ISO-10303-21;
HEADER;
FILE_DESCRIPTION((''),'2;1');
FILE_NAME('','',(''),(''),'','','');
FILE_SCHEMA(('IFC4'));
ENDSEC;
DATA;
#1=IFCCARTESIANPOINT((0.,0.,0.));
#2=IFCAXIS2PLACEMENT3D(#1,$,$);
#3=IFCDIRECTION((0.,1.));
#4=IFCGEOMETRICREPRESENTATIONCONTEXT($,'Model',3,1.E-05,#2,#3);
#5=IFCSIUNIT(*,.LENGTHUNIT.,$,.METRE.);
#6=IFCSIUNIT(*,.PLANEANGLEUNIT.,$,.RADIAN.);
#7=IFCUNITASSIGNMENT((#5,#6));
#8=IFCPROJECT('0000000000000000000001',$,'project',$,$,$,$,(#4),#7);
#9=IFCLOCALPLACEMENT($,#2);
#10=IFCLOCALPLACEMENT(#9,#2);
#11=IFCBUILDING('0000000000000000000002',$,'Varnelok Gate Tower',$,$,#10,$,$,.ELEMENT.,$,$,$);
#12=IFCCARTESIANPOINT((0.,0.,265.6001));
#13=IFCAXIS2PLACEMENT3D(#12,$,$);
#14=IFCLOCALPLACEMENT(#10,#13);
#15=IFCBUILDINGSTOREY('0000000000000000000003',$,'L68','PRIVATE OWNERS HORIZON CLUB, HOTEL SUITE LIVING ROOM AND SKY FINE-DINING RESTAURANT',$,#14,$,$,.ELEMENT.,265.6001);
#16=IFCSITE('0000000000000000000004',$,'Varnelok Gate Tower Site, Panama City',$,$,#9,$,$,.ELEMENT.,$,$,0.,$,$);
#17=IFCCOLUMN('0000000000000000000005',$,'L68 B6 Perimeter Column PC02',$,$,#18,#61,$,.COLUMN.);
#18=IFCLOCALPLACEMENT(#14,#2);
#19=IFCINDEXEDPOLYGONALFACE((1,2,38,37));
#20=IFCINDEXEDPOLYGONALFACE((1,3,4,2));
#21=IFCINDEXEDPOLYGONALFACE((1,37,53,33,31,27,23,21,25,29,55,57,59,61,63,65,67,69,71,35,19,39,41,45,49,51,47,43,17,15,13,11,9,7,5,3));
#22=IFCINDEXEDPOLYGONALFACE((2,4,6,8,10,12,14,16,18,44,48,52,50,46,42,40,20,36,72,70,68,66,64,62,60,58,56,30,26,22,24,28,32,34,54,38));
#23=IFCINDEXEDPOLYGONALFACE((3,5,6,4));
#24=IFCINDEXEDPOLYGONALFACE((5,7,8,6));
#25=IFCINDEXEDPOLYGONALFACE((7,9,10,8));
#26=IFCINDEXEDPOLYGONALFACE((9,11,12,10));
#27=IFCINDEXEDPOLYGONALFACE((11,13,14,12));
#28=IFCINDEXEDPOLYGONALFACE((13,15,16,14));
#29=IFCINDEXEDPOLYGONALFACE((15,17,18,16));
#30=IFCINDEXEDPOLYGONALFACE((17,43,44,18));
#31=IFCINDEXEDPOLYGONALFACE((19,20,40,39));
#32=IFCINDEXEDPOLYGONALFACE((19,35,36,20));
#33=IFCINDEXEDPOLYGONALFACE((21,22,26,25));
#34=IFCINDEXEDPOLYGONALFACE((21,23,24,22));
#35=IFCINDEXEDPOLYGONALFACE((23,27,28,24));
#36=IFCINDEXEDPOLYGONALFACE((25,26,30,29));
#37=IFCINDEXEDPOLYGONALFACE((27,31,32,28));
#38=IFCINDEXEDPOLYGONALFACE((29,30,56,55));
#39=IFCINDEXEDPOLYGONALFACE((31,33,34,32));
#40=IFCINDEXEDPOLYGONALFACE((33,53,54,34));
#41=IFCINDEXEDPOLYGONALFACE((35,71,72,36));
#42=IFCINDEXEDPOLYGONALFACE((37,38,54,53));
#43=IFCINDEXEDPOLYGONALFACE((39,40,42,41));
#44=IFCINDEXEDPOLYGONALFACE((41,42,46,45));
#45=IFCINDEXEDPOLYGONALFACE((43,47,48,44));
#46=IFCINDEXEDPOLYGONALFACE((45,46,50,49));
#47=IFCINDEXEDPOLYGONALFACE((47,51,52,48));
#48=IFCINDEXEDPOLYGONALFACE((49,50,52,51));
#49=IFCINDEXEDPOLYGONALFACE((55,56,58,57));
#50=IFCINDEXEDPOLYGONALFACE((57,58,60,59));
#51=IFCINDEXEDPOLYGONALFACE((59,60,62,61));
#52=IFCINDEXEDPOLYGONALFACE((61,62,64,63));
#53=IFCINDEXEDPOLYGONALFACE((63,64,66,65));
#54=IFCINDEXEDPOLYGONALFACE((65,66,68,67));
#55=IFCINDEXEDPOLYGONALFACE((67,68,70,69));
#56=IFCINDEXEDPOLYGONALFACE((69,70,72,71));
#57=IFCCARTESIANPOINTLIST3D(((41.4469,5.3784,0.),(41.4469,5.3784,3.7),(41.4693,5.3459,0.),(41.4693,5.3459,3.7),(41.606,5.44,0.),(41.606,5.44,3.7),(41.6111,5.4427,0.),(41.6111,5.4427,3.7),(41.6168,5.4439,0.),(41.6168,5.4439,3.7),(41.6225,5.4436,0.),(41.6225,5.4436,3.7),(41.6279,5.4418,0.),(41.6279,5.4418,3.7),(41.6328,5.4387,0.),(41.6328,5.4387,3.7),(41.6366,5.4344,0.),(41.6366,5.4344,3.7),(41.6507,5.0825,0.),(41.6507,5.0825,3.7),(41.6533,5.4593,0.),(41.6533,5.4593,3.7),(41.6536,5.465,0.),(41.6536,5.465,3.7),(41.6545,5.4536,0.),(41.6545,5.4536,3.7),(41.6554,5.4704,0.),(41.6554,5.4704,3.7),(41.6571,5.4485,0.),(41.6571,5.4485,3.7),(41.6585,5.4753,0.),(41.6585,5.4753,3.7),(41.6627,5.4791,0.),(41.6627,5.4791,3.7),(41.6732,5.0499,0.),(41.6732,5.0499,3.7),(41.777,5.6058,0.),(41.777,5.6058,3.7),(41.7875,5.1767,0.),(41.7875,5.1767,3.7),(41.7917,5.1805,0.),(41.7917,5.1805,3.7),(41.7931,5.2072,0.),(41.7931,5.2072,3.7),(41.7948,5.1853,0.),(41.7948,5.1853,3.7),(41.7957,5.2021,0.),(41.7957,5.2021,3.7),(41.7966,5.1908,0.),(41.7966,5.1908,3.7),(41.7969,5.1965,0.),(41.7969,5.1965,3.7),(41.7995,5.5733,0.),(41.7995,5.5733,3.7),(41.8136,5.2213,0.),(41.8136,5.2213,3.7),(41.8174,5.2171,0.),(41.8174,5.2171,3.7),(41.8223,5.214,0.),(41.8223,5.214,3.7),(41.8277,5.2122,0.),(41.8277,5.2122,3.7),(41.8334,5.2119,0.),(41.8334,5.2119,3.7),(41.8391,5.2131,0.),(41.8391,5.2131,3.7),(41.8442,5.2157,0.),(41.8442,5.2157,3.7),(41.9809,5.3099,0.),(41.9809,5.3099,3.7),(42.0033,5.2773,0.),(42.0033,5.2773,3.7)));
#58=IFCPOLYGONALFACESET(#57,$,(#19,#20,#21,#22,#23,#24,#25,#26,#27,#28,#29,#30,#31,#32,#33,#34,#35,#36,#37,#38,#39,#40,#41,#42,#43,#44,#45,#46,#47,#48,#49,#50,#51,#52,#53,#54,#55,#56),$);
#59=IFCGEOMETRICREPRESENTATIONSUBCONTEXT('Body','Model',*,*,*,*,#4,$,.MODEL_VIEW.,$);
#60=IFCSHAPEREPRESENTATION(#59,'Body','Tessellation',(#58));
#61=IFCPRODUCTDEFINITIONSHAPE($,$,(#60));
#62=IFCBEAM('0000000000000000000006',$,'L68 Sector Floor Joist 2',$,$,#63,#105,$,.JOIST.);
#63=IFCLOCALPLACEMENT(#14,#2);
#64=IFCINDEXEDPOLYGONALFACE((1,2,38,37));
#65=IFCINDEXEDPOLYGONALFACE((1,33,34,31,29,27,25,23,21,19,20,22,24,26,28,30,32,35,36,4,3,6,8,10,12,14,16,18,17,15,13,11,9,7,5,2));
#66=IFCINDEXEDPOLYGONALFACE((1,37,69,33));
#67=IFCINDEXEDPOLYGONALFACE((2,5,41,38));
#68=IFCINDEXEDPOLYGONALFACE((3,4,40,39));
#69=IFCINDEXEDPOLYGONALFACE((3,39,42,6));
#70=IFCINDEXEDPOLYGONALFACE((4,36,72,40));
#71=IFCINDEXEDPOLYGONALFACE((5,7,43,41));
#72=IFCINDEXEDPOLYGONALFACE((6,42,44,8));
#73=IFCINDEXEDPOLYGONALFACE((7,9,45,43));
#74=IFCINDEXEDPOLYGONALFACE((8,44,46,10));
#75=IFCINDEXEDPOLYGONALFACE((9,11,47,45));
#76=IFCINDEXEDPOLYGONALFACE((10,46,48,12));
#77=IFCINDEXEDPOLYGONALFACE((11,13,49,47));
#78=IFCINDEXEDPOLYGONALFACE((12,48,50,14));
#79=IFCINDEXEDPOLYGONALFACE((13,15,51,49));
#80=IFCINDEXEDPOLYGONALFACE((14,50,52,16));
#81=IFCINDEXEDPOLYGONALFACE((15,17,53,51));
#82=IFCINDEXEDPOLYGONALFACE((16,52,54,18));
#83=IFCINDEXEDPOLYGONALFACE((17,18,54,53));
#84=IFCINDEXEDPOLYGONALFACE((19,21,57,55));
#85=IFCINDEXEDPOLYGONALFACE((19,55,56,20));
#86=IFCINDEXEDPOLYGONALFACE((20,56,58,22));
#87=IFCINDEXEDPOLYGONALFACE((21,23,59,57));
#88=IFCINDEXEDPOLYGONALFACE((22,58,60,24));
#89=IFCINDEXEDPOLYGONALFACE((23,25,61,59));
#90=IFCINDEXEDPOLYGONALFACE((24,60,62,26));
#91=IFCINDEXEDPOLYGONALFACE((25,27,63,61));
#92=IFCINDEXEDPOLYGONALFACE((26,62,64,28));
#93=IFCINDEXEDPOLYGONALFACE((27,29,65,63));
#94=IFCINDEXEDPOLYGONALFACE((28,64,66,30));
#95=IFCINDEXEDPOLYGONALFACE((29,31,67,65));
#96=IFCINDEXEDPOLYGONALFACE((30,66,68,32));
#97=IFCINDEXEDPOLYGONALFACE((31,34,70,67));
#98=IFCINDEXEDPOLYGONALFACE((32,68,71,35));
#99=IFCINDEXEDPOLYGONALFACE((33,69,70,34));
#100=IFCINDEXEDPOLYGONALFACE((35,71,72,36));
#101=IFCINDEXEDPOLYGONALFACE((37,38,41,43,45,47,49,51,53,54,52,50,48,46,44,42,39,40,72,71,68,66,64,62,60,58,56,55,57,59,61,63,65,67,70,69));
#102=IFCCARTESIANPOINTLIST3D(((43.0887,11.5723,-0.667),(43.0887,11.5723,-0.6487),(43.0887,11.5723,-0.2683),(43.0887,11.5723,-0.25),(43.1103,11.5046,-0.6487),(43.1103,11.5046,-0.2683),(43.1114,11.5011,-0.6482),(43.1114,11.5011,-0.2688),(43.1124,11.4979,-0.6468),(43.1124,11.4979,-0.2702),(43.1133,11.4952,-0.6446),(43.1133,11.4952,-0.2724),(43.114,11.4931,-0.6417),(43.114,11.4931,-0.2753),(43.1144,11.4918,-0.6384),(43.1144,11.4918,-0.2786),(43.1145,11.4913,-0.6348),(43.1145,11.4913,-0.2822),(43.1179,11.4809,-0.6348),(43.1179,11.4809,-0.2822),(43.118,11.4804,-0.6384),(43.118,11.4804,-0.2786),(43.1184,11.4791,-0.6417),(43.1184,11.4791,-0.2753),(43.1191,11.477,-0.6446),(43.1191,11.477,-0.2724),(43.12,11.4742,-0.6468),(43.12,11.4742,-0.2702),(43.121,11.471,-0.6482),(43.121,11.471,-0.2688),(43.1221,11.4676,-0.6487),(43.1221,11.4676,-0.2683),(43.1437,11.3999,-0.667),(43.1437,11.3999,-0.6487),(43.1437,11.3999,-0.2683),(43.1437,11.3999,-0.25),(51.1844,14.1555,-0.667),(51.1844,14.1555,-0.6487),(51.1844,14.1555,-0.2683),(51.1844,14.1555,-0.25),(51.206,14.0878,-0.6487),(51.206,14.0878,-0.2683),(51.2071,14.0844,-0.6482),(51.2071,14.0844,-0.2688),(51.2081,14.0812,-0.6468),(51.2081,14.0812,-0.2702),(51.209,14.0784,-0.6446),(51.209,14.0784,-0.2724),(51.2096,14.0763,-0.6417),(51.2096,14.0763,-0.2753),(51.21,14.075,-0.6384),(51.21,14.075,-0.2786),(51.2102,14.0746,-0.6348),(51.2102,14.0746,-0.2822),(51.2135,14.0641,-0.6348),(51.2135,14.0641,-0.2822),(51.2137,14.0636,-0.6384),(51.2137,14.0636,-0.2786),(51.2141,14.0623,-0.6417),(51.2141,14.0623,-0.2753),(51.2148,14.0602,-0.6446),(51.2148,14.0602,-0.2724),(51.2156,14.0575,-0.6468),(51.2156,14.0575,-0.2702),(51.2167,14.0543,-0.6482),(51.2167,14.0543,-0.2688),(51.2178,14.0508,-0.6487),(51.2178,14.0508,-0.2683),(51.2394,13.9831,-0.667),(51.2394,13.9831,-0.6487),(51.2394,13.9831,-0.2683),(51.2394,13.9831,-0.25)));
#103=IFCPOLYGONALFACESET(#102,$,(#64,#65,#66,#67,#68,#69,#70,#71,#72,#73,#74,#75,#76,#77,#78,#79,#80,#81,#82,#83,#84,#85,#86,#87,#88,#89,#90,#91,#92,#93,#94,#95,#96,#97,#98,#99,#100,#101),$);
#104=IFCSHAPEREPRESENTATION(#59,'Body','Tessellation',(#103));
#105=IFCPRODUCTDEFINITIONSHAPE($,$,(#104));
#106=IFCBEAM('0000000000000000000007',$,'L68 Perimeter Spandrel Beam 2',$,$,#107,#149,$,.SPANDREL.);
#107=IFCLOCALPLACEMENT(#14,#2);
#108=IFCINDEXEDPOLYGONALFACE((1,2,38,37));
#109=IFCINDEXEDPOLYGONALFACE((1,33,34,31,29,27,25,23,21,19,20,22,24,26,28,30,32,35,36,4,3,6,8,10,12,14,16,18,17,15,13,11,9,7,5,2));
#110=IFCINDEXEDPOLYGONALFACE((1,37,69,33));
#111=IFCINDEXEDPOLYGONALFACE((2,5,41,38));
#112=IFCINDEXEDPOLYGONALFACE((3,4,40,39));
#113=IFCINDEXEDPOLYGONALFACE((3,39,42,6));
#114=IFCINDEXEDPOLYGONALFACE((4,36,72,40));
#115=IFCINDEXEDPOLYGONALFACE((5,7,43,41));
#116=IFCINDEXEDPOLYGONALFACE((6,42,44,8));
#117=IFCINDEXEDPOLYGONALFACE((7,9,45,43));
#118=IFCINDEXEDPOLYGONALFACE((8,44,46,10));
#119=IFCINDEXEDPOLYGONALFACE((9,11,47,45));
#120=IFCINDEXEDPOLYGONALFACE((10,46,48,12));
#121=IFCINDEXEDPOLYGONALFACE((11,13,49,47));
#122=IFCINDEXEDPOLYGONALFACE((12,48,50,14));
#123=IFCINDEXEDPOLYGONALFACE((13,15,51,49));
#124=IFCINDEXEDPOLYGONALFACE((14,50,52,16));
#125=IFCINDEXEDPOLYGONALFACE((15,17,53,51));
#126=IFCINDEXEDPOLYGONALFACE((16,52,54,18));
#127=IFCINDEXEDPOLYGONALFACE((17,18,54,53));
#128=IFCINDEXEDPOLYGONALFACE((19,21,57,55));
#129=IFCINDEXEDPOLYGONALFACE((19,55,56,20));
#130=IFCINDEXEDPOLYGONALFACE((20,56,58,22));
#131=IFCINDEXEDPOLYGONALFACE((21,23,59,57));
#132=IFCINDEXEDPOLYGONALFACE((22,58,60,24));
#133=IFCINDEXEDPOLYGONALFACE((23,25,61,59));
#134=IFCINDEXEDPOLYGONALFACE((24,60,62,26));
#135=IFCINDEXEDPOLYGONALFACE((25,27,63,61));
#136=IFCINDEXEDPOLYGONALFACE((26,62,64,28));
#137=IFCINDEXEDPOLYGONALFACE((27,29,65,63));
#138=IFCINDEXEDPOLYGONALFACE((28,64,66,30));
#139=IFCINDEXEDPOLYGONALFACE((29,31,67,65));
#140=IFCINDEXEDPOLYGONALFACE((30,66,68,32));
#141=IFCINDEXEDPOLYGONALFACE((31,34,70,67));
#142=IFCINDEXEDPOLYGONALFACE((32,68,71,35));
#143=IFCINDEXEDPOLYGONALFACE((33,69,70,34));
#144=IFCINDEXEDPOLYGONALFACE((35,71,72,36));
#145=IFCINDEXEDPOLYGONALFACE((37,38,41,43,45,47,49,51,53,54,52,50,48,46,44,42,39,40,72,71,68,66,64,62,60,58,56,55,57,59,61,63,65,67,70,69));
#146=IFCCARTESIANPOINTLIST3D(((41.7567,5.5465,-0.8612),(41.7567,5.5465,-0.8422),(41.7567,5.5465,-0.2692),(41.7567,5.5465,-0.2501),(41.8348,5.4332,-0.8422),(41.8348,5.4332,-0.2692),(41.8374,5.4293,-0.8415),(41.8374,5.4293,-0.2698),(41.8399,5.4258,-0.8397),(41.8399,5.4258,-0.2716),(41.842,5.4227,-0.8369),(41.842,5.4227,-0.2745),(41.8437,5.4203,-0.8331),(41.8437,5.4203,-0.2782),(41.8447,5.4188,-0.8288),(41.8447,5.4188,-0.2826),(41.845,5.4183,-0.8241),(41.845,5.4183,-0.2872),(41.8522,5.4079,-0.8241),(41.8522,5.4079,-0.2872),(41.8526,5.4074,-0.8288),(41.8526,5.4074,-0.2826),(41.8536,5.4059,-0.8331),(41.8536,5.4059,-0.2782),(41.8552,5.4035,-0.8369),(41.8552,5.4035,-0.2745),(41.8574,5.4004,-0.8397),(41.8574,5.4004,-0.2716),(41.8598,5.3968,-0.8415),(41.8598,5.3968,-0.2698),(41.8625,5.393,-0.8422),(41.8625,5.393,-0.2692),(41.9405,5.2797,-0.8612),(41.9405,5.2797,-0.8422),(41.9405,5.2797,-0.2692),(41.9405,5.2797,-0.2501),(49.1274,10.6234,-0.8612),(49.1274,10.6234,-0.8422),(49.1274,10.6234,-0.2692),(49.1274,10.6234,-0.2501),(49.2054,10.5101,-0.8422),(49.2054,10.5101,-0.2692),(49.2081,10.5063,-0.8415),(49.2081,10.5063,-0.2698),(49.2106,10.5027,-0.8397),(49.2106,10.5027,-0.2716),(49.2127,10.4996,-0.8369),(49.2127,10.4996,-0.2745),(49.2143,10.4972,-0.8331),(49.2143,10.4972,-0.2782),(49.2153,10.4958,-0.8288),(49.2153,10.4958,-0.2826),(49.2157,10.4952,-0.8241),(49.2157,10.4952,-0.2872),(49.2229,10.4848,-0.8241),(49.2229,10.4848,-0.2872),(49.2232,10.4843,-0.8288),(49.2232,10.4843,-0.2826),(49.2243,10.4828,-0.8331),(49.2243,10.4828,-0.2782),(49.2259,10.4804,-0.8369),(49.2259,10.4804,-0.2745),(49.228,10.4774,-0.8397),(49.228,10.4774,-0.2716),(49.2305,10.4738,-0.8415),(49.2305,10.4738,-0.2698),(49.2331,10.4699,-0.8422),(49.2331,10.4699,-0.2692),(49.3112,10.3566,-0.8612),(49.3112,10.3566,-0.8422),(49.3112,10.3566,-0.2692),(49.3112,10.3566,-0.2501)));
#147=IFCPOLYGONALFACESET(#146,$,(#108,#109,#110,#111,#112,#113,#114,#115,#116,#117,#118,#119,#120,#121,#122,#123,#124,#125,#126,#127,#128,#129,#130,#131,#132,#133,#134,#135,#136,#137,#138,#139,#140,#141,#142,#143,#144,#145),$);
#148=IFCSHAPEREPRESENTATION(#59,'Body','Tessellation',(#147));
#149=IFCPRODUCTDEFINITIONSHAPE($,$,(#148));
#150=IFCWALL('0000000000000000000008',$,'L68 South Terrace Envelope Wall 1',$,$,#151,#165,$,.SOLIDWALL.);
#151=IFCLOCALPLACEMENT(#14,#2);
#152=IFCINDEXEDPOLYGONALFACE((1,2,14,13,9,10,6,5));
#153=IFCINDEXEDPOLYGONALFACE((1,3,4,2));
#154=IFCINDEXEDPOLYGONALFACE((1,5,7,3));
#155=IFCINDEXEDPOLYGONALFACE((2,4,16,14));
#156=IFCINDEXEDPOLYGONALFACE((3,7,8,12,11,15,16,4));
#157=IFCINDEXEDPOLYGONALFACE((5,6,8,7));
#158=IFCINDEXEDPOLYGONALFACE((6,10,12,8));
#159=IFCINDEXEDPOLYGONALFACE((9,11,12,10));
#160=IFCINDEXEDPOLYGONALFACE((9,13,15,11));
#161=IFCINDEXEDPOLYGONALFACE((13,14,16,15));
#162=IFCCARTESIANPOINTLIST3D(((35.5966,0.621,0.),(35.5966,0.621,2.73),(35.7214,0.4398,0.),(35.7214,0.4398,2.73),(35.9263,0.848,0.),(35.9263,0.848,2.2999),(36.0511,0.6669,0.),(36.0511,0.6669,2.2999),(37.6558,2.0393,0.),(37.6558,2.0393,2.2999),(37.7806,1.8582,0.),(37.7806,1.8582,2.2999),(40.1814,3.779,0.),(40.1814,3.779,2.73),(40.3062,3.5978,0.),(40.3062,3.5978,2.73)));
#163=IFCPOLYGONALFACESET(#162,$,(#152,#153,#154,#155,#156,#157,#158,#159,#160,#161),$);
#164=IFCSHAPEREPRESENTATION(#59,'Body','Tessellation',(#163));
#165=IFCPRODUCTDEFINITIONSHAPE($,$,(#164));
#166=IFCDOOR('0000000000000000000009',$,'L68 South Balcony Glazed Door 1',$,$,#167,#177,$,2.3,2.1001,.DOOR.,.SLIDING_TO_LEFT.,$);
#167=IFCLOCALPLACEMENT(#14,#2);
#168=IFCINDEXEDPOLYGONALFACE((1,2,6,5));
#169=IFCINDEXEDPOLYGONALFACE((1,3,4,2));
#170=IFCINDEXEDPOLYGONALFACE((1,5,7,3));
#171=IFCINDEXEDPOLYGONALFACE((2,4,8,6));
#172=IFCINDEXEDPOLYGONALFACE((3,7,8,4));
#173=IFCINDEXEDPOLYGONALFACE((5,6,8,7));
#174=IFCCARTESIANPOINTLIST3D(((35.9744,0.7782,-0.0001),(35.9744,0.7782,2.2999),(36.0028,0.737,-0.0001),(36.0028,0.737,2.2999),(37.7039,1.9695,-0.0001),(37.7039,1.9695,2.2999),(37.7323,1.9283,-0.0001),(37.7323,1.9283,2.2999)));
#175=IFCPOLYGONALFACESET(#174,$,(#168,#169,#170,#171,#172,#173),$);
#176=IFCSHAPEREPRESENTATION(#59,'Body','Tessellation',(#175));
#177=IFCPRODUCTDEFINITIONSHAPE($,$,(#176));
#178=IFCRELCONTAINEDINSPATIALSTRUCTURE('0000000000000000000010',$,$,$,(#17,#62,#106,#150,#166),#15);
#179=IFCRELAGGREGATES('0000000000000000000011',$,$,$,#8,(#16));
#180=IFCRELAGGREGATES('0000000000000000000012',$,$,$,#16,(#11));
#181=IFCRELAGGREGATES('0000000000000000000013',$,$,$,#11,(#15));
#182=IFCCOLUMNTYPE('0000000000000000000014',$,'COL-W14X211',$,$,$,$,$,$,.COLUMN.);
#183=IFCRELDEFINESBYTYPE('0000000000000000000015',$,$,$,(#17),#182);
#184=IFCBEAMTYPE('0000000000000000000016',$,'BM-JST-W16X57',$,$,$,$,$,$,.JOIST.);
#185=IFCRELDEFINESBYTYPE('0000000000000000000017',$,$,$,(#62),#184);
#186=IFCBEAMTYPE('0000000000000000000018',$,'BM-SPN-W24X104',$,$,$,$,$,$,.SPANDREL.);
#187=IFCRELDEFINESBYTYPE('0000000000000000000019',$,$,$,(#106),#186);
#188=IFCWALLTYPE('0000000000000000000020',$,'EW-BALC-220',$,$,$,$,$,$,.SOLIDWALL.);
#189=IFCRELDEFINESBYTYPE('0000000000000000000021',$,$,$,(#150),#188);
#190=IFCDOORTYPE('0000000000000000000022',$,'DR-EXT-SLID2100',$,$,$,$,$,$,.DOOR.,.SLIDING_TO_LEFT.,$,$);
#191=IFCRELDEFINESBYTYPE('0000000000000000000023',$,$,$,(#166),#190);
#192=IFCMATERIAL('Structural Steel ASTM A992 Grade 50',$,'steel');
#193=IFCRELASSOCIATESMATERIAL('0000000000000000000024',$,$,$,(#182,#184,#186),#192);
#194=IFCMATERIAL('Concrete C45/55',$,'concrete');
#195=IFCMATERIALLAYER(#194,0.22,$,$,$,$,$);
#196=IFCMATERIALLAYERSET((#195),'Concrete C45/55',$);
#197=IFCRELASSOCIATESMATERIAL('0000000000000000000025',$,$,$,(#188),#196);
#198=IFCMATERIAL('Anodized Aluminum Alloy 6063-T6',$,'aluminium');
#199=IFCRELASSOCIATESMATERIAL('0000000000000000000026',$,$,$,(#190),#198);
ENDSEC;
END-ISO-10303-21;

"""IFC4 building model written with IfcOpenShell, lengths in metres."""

from ifc_helpers import new_model, si_unit, direction, frame, frame_2d, origin, origin_2d, place, context, subcontext, project, spatial, rectangle, i_section, extrude, material, layer, layer_set, material_profile, profile_set, type_object, element, fill, save


model = new_model("IFC4")

# Units and contexts
model_context = context("Model", 3, precision=1e-05, world=origin(), true_north=direction((0.0, 1.0)))
body_context = subcontext(model_context, "Body", "Model", "MODEL_VIEW")
ifc_project = project(units=[si_unit("LENGTHUNIT", "METRE"), si_unit("PLANEANGLEUNIT", "RADIAN")], contexts=[model_context])

# Site, building, storey
site_placement = place(None, origin())
site = spatial("IfcSite", under=ifc_project, at=site_placement, Name="Varnelok Gate Tower Site, Panama City", CompositionType="ELEMENT", RefElevation=0.0)
building_placement = place(site_placement, origin())
building = spatial("IfcBuilding", under=site, at=building_placement, Name="Varnelok Gate Tower", CompositionType="ELEMENT")
storey_placement = place(building_placement, frame((0.0, 0.0, 265.6001)))
storey = spatial("IfcBuildingStorey", under=building, at=storey_placement, Name="L68", Description="PRIVATE OWNERS HORIZON CLUB, HOTEL SUITE LIVING ROOM AND SKY FINE-DINING RESTAURANT", CompositionType="ELEMENT", Elevation=265.6001)

# Column
ifc_material_1 = material(Name="Structural Steel ASTM A992 Grade 50", Category="steel")
ifc_material_profile_1 = material_profile(ifc_material_1, i_section(OverallWidth=0.4009, OverallDepth=0.3989, WebThickness=0.0249, FlangeThickness=0.0396, FilletRadius=0.022, at=origin_2d()), Name="W14X211")
ifc_profile_set_1 = profile_set([ifc_material_profile_1], Name="Structural Steel ASTM A992 Grade 50")
column_type = type_object("IfcColumnType", Name="COL-W14X211", PredefinedType="COLUMN", material=ifc_profile_set_1)
column_placement = place(storey_placement, frame((41.7251, 5.3279, 0.0), z_axis=(0.0, 0.0, 1.0), x_axis=(0.823533, 0.567269, 0.0)))
element("IfcColumn", 1, at=column_placement, inside=storey, type_object=column_type, Name="L68 B6 Perimeter Column PC02", PredefinedType="COLUMN", context=body_context, shape_type="SweptSolid", body=[
    extrude(i_section(OverallWidth=0.4009, OverallDepth=0.3989, WebThickness=0.0249, FlangeThickness=0.0396, FilletRadius=0.022, at=origin_2d()), origin(), (0.0, 0.0, 1.0), 3.7),
])

# Beams
ifc_material_profile_2 = material_profile(ifc_material_1, i_section(OverallWidth=0.1809, OverallDepth=0.417, WebThickness=0.011, FlangeThickness=0.0183, FilletRadius=0.0139, at=origin_2d()), Name="W16X57")
ifc_profile_set_2 = profile_set([ifc_material_profile_2], Name="Structural Steel ASTM A992 Grade 50")
beam_type_1 = type_object("IfcBeamType", Name="BM-JST-W16X57", PredefinedType="JOIST", material=ifc_profile_set_2)
beam_1_placement = place(storey_placement, frame((43.1162, 11.4861, -0.4585), z_axis=(0.952676, 0.303989, 0.0), x_axis=(-0.303989, 0.952676, 0.0)))
element("IfcBeam", 2, at=beam_1_placement, inside=storey, type_object=beam_type_1, Name="L68 Sector Floor Joist 2", PredefinedType="JOIST", context=body_context, shape_type="SweptSolid", body=[
    extrude(i_section(OverallWidth=0.1809, OverallDepth=0.417, WebThickness=0.011, FlangeThickness=0.0183, FilletRadius=0.0139, at=origin_2d()), origin(), (0.0, 0.0, 1.0), 8.4978),
])
ifc_material_profile_3 = material_profile(ifc_material_1, i_section(OverallWidth=0.324, OverallDepth=0.6111, WebThickness=0.0127, FlangeThickness=0.019, FilletRadius=0.0181, at=origin_2d()), Name="W24X104")
ifc_profile_set_3 = profile_set([ifc_material_profile_3], Name="Structural Steel ASTM A992 Grade 50")
beam_type_2 = type_object("IfcBeamType", Name="BM-SPN-W24X104", PredefinedType="SPANDREL", material=ifc_profile_set_3)
beam_2_placement = place(storey_placement, frame((41.8486, 5.4131, -0.5557), z_axis=(0.82354, 0.567258, 0.0), x_axis=(-0.567258, 0.82354, 0.0)))
element("IfcBeam", 3, at=beam_2_placement, inside=storey, type_object=beam_type_2, Name="L68 Perimeter Spandrel Beam 2", PredefinedType="SPANDREL", context=body_context, shape_type="SweptSolid", body=[
    extrude(i_section(OverallWidth=0.324, OverallDepth=0.6111, WebThickness=0.0127, FlangeThickness=0.019, FilletRadius=0.0181, at=origin_2d()), origin(), (0.0, 0.0, 1.0), 8.95),
])

# Wall, opening, door
ifc_material_2 = material(Name="Concrete C45/55", Category="concrete")
ifc_layer_1 = layer(ifc_material_2, 0.22)
ifc_layer_set_1 = layer_set([ifc_layer_1], Name="Concrete C45/55")
wall_type_1 = type_object("IfcWallType", Name="EW-BALC-220", PredefinedType="SOLIDWALL", material=ifc_layer_set_1)
wall_1_placement = place(storey_placement, frame((40.2439, 3.6885, 0.0), z_axis=(0.0, 0.0, 1.0), x_axis=(-0.823541, -0.567256, 0.0)))
wall_1 = element("IfcWall", 4, at=wall_1_placement, inside=storey, type_object=wall_type_1, Name="L68 South Terrace Envelope Wall 1", PredefinedType="SOLIDWALL", context=body_context, shape_type="SweptSolid", body=[
    extrude(rectangle(XDim=5.5671, YDim=0.22, at=frame_2d((2.7837, 0.0))), origin(), (0.0, 0.0, 1.0), 2.73),
])
opening_1_placement = place(wall_1_placement, frame((3.0669, 0.0, 0.0)))
opening_1 = element("IfcOpeningElement", 5, at=opening_1_placement, cuts=wall_1, PredefinedType="OPENING", context=body_context, shape_type="SweptSolid", body=[
    extrude(rectangle(XDim=2.1001, YDim=2.3, at=frame_2d((1.05, 1.1499))), frame((0.0, 0.1199, 0.0), z_axis=(0.0, -1.0, 0.0), x_axis=(1.0, 0.0, 0.0)), (0.0, 0.0, 1.0), 0.24),
])
ifc_material_3 = material(Name="Anodized Aluminum Alloy 6063-T6", Category="aluminium")
door_type_1 = type_object("IfcDoorType", Name="DR-EXT-SLID2100", OperationType="SLIDING_TO_LEFT", PredefinedType="DOOR", material=ifc_material_3)
door_1_placement = place(opening_1_placement, origin())
door_1 = element("IfcDoor", 6, at=door_1_placement, inside=storey, type_object=door_type_1, Name="L68 South Balcony Glazed Door 1", OperationType="SLIDING_TO_LEFT", OverallHeight=2.3, OverallWidth=2.1001, PredefinedType="DOOR", context=body_context, shape_type="SweptSolid", body=[
    extrude(rectangle(XDim=2.1001, YDim=2.3, at=frame_2d((1.05, 1.1499))), frame((0.0, 0.0249, 0.0), z_axis=(0.0, -1.0, 0.0), x_axis=(1.0, 0.0, 0.0)), (0.0, 0.0, 1.0), 0.05),
])
fill(opening_1, door_1)

save(model, "model.ifc")
